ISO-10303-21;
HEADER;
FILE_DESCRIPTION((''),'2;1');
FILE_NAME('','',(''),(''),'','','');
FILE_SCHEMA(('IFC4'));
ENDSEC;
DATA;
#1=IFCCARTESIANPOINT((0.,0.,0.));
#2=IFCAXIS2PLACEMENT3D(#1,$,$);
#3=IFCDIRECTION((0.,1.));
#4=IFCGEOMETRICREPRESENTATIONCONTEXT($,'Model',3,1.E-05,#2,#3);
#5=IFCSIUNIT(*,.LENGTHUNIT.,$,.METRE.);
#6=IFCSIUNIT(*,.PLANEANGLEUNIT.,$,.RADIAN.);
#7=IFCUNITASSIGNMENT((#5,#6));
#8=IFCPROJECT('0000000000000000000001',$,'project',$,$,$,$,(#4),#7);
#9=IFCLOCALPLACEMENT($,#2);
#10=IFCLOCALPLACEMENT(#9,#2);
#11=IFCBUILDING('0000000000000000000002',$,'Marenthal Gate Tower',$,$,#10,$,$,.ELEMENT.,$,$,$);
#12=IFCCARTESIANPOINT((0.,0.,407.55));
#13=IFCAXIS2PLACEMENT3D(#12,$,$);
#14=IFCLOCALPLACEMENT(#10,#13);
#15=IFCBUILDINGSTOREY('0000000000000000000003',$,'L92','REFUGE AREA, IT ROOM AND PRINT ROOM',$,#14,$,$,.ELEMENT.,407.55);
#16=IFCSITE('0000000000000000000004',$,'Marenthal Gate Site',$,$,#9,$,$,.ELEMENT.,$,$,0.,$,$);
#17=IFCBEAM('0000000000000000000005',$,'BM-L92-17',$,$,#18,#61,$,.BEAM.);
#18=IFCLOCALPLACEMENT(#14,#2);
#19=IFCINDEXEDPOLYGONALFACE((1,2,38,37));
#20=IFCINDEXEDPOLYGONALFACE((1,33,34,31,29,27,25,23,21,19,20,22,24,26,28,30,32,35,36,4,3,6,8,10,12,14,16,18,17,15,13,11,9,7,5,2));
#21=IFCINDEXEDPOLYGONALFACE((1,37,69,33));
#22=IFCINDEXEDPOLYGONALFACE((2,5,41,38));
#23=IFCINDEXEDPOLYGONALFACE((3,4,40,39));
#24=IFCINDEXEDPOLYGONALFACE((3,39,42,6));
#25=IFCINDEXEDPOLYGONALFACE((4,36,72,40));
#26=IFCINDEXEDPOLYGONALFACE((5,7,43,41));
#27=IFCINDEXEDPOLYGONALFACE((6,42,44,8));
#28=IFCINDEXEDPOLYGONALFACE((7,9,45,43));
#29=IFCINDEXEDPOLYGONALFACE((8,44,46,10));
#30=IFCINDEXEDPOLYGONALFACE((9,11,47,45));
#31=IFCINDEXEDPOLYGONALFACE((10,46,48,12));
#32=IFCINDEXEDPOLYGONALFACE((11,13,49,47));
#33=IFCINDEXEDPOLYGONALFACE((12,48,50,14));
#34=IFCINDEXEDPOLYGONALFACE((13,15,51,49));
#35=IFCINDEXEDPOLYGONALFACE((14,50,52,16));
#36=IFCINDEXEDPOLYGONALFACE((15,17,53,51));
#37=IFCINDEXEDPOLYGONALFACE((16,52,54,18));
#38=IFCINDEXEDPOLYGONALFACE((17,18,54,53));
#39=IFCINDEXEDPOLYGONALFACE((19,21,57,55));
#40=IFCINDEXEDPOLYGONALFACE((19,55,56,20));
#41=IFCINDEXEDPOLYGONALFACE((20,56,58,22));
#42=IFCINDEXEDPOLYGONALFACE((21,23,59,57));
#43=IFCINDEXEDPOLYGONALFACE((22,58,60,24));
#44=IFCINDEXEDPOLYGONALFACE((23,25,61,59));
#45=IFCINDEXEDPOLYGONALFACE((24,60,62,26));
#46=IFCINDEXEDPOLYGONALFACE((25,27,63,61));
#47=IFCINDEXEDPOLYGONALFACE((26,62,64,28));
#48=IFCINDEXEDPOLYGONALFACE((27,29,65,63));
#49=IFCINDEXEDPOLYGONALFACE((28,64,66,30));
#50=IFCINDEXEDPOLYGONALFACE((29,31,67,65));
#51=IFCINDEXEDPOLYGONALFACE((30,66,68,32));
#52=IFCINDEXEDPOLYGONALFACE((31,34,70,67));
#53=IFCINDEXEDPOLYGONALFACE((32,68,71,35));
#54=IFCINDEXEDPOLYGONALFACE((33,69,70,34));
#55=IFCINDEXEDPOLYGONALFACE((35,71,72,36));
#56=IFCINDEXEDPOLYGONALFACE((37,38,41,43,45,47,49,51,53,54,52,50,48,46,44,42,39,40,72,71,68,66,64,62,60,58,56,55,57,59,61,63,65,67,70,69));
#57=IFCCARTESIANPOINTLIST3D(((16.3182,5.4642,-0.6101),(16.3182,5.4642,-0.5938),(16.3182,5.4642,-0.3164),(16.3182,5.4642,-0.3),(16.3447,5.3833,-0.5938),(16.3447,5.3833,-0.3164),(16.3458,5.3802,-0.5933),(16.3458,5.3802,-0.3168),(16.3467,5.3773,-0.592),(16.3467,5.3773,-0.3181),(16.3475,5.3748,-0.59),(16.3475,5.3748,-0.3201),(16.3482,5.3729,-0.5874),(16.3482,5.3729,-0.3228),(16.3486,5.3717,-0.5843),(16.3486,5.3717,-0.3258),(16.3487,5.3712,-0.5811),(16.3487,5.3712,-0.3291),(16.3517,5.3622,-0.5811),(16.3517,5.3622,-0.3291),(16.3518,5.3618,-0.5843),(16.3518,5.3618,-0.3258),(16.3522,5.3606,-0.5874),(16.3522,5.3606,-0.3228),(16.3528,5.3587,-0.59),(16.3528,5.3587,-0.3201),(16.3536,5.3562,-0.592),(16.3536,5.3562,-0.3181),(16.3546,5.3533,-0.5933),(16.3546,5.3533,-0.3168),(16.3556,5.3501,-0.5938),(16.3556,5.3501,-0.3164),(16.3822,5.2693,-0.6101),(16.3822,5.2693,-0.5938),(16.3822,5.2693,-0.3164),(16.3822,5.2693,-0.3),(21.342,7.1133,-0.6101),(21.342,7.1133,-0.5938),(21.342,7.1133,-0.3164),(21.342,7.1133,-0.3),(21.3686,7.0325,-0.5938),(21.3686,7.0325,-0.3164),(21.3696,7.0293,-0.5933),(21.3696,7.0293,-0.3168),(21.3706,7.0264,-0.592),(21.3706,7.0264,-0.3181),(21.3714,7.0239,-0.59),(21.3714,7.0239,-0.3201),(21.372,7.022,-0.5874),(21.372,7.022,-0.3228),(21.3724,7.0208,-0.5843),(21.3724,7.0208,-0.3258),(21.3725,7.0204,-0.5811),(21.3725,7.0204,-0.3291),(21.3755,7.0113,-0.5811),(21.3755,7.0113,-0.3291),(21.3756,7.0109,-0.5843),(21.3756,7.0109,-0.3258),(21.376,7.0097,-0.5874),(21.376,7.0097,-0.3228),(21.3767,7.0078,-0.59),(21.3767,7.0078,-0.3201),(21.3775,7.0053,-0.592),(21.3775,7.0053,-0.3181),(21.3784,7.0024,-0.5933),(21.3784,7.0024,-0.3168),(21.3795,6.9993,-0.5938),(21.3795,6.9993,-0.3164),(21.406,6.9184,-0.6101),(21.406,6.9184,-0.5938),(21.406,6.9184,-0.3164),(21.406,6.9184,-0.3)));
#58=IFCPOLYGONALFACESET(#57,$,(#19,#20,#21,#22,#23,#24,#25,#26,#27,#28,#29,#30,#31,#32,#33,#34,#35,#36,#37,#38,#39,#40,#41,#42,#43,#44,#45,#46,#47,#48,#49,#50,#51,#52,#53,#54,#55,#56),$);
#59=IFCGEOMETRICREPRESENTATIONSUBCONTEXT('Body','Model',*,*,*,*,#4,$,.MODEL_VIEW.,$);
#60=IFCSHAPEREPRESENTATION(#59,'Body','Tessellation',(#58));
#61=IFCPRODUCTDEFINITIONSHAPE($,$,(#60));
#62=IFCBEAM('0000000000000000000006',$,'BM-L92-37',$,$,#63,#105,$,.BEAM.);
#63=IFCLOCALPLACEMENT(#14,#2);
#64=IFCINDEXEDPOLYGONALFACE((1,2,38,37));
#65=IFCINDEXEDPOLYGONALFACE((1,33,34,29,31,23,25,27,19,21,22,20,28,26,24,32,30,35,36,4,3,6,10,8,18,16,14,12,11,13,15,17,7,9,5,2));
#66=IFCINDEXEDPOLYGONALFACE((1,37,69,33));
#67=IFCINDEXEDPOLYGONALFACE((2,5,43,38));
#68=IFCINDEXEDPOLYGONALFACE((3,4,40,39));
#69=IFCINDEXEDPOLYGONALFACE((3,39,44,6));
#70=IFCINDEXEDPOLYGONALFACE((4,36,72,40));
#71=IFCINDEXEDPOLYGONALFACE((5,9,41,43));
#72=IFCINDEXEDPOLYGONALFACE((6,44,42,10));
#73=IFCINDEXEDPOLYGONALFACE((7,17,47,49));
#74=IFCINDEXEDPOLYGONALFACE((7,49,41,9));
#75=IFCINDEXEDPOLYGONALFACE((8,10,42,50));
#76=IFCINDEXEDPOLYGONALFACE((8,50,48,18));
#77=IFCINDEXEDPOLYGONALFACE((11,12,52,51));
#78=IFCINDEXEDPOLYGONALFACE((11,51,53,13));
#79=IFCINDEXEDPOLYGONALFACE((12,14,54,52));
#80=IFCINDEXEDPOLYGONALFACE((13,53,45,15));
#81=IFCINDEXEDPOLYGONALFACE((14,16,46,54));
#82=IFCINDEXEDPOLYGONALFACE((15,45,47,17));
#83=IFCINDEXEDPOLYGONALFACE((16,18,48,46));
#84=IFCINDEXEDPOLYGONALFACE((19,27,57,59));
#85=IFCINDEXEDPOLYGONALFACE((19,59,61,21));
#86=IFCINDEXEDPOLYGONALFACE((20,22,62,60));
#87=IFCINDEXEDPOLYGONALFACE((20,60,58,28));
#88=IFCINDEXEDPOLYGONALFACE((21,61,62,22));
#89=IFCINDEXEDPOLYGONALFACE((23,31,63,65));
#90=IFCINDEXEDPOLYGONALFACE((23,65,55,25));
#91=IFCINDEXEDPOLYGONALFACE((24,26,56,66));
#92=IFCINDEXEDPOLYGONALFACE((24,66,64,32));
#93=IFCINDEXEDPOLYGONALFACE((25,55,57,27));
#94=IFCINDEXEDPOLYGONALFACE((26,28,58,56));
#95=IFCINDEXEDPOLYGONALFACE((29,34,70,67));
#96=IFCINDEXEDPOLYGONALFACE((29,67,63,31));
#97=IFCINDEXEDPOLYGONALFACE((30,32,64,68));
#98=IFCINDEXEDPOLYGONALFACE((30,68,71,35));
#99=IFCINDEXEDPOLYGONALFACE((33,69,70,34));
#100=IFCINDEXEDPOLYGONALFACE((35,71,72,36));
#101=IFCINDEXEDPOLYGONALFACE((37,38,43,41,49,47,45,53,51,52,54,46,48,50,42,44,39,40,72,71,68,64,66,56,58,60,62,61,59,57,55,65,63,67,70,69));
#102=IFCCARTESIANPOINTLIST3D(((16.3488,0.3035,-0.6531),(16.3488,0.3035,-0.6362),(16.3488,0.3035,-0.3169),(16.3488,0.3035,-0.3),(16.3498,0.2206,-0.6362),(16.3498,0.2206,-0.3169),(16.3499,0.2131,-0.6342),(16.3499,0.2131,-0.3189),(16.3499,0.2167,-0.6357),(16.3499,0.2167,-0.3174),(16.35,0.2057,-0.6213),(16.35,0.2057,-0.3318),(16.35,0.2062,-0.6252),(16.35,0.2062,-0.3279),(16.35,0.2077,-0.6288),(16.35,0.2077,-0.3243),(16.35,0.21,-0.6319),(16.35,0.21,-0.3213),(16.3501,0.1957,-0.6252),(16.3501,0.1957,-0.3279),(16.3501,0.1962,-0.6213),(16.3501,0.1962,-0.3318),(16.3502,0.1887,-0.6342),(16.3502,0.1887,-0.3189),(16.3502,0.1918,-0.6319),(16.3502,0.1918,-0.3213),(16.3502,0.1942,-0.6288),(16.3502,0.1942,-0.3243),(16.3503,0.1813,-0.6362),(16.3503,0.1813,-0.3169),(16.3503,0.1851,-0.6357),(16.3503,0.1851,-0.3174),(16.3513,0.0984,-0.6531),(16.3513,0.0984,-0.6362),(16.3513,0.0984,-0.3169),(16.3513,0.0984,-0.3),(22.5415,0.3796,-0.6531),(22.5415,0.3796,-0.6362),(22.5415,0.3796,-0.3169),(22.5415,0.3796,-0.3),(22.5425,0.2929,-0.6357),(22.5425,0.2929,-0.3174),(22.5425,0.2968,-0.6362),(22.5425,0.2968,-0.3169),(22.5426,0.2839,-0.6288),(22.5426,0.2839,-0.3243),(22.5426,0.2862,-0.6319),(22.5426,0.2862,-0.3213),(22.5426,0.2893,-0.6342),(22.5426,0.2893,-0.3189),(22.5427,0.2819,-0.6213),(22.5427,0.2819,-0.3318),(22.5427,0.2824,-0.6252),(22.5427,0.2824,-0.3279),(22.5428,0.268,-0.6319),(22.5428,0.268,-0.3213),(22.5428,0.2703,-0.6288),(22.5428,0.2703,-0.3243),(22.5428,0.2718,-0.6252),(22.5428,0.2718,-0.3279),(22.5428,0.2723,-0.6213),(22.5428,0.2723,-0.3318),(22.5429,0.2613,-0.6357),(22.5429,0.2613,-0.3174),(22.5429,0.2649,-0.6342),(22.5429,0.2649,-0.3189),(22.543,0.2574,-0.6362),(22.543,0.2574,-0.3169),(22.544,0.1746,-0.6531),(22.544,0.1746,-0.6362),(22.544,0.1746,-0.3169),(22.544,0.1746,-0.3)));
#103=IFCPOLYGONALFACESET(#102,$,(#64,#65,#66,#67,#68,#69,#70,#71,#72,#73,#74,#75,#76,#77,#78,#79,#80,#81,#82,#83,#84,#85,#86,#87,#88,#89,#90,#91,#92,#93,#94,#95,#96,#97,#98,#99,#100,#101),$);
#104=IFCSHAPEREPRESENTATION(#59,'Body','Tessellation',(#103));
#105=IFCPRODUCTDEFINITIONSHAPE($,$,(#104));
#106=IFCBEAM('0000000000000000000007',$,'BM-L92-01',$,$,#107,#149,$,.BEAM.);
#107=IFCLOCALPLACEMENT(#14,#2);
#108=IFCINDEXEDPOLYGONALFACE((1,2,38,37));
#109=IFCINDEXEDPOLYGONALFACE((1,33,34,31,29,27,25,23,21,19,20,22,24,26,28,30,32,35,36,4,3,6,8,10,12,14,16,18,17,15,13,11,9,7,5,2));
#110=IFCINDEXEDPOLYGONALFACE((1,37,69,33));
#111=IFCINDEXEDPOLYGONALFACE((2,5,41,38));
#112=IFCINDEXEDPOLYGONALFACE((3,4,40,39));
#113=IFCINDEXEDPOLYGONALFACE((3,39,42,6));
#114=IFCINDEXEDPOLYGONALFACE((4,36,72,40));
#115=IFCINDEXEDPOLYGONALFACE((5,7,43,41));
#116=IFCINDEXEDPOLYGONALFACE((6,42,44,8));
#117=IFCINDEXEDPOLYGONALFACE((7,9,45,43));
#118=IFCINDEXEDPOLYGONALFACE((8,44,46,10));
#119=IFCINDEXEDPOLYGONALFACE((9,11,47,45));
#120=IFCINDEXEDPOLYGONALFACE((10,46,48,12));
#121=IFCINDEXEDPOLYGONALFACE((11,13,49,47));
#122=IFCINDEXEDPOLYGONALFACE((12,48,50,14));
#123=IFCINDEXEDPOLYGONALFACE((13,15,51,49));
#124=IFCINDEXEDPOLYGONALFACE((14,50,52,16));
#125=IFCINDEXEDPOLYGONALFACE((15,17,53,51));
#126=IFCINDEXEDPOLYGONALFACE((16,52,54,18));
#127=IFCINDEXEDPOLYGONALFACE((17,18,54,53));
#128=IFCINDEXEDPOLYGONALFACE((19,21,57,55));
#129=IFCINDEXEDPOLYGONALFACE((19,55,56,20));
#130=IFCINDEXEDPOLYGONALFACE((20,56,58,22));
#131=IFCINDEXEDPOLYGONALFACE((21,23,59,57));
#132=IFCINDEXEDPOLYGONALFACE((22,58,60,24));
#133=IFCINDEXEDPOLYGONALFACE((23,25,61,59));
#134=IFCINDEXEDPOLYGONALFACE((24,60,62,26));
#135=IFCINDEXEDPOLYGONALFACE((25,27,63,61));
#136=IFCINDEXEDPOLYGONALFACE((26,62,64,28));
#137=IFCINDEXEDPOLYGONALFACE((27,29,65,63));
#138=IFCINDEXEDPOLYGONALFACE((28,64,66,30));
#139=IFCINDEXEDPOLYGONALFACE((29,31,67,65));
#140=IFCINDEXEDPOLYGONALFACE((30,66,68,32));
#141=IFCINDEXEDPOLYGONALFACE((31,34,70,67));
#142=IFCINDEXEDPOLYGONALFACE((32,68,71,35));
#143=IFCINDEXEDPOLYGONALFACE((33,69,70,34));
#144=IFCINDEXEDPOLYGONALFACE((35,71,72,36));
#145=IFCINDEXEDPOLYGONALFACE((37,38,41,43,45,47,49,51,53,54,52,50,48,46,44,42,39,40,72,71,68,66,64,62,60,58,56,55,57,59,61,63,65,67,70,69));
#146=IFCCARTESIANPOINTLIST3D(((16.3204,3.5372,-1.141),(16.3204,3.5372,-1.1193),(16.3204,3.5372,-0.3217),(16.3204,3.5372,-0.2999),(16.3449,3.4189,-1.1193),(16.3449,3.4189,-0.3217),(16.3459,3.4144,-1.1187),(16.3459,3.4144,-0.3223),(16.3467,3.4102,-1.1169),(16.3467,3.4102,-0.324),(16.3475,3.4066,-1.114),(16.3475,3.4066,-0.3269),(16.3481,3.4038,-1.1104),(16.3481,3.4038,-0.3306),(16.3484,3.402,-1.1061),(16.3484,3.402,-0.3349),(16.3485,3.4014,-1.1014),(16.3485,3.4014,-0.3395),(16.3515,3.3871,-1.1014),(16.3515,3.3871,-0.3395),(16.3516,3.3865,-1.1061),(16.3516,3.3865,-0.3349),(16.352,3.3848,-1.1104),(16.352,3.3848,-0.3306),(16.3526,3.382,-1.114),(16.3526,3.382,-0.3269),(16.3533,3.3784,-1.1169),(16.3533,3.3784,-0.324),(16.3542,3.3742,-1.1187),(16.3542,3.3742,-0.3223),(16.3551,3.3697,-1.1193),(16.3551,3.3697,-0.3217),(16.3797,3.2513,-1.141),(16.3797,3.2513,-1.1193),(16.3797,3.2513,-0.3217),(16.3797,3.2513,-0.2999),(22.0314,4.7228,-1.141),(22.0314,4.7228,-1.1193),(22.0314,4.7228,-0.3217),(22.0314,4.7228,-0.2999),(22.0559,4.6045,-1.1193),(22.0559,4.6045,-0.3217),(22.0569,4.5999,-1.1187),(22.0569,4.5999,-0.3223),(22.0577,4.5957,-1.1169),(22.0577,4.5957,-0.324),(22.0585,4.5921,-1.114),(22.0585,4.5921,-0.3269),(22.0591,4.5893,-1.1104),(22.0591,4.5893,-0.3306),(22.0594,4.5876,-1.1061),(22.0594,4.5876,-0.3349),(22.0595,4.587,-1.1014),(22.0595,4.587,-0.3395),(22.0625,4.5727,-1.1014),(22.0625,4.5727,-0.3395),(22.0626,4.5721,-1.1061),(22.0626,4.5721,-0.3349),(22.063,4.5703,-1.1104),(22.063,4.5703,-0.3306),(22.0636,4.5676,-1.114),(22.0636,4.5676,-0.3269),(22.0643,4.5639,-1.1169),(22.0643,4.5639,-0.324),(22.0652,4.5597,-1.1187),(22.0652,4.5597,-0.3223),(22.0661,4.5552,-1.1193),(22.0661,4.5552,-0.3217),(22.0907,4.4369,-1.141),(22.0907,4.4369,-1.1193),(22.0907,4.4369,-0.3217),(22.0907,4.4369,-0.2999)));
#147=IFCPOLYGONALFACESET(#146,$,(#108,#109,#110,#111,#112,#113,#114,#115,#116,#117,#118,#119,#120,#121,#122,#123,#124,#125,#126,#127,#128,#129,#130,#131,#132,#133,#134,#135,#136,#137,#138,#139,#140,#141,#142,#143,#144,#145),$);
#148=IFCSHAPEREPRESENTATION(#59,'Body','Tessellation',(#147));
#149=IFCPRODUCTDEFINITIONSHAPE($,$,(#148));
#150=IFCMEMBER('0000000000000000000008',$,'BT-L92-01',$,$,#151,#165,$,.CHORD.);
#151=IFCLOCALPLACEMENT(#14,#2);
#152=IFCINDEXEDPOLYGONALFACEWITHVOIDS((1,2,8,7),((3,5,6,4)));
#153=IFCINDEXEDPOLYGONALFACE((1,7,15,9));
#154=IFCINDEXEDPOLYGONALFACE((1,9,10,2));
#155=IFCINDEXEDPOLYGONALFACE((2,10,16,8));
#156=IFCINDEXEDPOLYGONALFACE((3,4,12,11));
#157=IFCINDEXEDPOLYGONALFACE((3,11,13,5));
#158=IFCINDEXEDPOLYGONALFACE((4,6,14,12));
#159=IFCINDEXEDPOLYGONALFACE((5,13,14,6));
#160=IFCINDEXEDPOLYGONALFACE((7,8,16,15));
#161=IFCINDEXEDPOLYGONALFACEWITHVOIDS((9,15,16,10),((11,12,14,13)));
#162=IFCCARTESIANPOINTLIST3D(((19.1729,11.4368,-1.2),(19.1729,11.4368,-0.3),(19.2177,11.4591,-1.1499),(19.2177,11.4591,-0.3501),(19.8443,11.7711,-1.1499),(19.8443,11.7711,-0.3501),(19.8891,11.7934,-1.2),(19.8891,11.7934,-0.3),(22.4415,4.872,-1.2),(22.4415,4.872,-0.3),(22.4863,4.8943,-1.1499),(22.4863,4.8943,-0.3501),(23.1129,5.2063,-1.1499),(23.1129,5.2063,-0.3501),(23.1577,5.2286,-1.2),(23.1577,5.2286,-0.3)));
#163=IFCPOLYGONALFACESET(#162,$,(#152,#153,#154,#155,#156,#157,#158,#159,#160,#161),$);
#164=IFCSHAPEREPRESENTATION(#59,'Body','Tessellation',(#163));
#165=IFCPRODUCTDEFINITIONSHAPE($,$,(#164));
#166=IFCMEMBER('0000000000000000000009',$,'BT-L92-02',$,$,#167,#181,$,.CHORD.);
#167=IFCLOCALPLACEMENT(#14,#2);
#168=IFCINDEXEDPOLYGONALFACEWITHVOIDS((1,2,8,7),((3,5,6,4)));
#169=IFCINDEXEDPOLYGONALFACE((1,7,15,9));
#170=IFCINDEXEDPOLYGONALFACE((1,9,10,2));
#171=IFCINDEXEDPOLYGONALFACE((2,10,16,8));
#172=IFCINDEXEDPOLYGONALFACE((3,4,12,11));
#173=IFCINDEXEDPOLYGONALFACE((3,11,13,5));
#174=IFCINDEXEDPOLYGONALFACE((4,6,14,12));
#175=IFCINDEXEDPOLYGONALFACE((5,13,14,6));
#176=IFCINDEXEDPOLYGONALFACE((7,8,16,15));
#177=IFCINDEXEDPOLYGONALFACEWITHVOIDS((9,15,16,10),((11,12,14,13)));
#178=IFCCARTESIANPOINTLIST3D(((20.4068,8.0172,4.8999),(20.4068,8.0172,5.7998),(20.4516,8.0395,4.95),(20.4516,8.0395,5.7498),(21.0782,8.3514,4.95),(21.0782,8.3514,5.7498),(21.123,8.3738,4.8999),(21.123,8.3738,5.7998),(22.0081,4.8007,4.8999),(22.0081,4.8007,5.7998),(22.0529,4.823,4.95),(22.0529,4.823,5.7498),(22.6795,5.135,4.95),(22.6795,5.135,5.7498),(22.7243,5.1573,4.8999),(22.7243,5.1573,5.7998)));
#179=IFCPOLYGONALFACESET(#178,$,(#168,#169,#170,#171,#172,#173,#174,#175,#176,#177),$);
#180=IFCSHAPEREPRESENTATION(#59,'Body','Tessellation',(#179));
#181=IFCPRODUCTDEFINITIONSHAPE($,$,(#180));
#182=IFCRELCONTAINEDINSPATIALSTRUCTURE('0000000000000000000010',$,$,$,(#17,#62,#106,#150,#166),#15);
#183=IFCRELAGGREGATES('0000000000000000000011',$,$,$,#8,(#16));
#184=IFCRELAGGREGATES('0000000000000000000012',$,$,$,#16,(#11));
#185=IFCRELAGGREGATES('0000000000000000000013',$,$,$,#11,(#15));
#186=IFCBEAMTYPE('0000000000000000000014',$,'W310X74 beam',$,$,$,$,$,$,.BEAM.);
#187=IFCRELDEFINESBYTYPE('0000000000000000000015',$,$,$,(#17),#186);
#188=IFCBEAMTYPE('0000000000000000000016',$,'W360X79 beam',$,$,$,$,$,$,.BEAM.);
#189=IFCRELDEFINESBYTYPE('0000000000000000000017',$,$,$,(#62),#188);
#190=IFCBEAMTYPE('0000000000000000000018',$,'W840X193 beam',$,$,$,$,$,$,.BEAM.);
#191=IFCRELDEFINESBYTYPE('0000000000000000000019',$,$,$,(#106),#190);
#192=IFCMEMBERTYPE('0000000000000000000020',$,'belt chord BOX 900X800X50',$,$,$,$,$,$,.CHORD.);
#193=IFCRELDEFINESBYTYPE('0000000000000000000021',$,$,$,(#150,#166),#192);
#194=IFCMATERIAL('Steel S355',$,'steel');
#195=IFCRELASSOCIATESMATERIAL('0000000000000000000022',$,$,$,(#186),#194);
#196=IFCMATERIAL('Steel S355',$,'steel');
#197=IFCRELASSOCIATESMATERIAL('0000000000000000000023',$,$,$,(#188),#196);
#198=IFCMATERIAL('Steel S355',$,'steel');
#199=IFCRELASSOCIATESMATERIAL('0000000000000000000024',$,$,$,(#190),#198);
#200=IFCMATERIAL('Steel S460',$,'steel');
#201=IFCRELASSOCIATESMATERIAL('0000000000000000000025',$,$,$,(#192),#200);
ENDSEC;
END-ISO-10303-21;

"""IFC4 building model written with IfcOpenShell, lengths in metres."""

from ifc_helpers import new_model, si_unit, direction, frame, origin, origin_2d, place, context, subcontext, project, spatial, hollow_rectangle, i_section, extrude, material, material_profile, profile_set, type_object, element, save


model = new_model("IFC4")

# Units and contexts
model_context = context("Model", 3, precision=1e-05, world=origin(), true_north=direction((0.0, 1.0)))
body_context = subcontext(model_context, "Body", "Model", "MODEL_VIEW")
ifc_project = project(units=[si_unit("LENGTHUNIT", "METRE"), si_unit("PLANEANGLEUNIT", "RADIAN")], contexts=[model_context])

# Site, building, storey
site_placement = place(None, origin())
site = spatial("IfcSite", under=ifc_project, at=site_placement, Name="Marenthal Gate Site", CompositionType="ELEMENT", RefElevation=0.0)
building_placement = place(site_placement, origin())
building = spatial("IfcBuilding", under=site, at=building_placement, Name="Marenthal Gate Tower", CompositionType="ELEMENT")
storey_placement = place(building_placement, frame((0.0, 0.0, 407.55)))
storey = spatial("IfcBuildingStorey", under=building, at=storey_placement, Name="L92", Description="REFUGE AREA, IT ROOM AND PRINT ROOM", CompositionType="ELEMENT", Elevation=407.55)

# Beams
ifc_material_1 = material(Name="Steel S355", Category="steel")
ifc_material_profile_1 = material_profile(ifc_material_1, i_section(OverallWidth=0.2051, OverallDepth=0.3101, WebThickness=0.0095, FlangeThickness=0.0164, FilletRadius=0.0127, at=origin_2d()), Name="W310X74")
ifc_profile_set_1 = profile_set([ifc_material_profile_1], Name="Steel S355")
beam_type_1 = type_object("IfcBeamType", Name="W310X74 beam", PredefinedType="BEAM", material=ifc_profile_set_1)
beam_1_placement = place(storey_placement, frame((21.374, 7.0159, -0.4551), z_axis=(-0.950119, -0.311889, 0.0), x_axis=(0.311889, -0.950119, 0.0)))
element("IfcBeam", 1, at=beam_1_placement, inside=storey, type_object=beam_type_1, Name="BM-L92-17", PredefinedType="BEAM", context=body_context, shape_type="SweptSolid", body=[
    extrude(i_section(OverallWidth=0.2051, OverallDepth=0.3101, WebThickness=0.0095, FlangeThickness=0.0164, FilletRadius=0.0127, at=origin_2d()), origin(), (0.0, 0.0, 1.0), 5.2876),
])
ifc_material_2 = material(Name="Steel S355", Category="steel")
ifc_material_profile_2 = material_profile(ifc_material_2, i_section(OverallWidth=0.2051, OverallDepth=0.353, WebThickness=0.0095, FlangeThickness=0.0168, FilletRadius=0.0149, at=origin_2d()), Name="W360X79")
ifc_profile_set_2 = profile_set([ifc_material_profile_2], Name="Steel S355")
beam_type_2 = type_object("IfcBeamType", Name="W360X79 beam", PredefinedType="BEAM", material=ifc_profile_set_2)
beam_2_placement = place(storey_placement, frame((22.5427, 0.2771, -0.4766), z_axis=(-0.999924, -0.012299, 0.0), x_axis=(0.012299, -0.999924, 0.0)))
element("IfcBeam", 2, at=beam_2_placement, inside=storey, type_object=beam_type_2, Name="BM-L92-37", PredefinedType="BEAM", context=body_context, shape_type="SweptSolid", body=[
    extrude(i_section(OverallWidth=0.2051, OverallDepth=0.353, WebThickness=0.0095, FlangeThickness=0.0168, FilletRadius=0.0149, at=origin_2d()), origin(), (0.0, 0.0, 1.0), 6.1931),
])
ifc_material_3 = material(Name="Steel S355", Category="steel")
ifc_material_profile_3 = material_profile(ifc_material_3, i_section(OverallWidth=0.292, OverallDepth=0.8411, WebThickness=0.0146, FlangeThickness=0.0217, FilletRadius=0.0178, at=origin_2d()), Name="W840X193")
ifc_profile_set_3 = profile_set([ifc_material_profile_3], Name="Steel S355")
beam_type_3 = type_object("IfcBeamType", Name="W840X193 beam", PredefinedType="BEAM", material=ifc_profile_set_3)
beam_3_placement = place(storey_placement, frame((22.061, 4.5798, -0.7205), z_axis=(-0.979125, -0.203259, 0.0), x_axis=(0.203259, -0.979125, 0.0)))
element("IfcBeam", 3, at=beam_3_placement, inside=storey, type_object=beam_type_3, Name="BM-L92-01", PredefinedType="BEAM", context=body_context, shape_type="SweptSolid", body=[
    extrude(i_section(OverallWidth=0.292, OverallDepth=0.8411, WebThickness=0.0146, FlangeThickness=0.0217, FilletRadius=0.0178, at=origin_2d()), origin(), (0.0, 0.0, 1.0), 5.8328),
])

# Members
ifc_material_4 = material(Name="Steel S460", Category="steel")
ifc_material_profile_4 = material_profile(ifc_material_4, hollow_rectangle(XDim=0.8, YDim=0.8999, WallThickness=0.05, at=origin_2d()), Name="BOX 900X800X50")
ifc_profile_set_4 = profile_set([ifc_material_profile_4], Name="Steel S460")
member_type_1 = type_object("IfcMemberType", Name="belt chord BOX 900X800X50", PredefinedType="CHORD", material=ifc_profile_set_4)
member_1_placement = place(storey_placement, frame((22.7996, 5.0503, -0.75), z_axis=(-0.445708, 0.895178, 0.0), x_axis=(-0.895178, -0.445708, 0.0)))
element("IfcMember", 4, at=member_1_placement, inside=storey, type_object=member_type_1, Name="BT-L92-01", PredefinedType="CHORD", context=body_context, shape_type="SweptSolid", body=[
    extrude(hollow_rectangle(XDim=0.8, YDim=0.8999, WallThickness=0.05, at=origin_2d()), origin(), (0.0, 0.0, 1.0), 7.3335),
])
for number, where, z_axis, x_axis, name in (
    (5, (22.3662, 4.979, 5.3499), (-0.445664, 0.8952, 0.0), (-0.8952, -0.445664, 0.0), "BT-L92-02"),
):
    element("IfcMember", number, at=place(storey_placement, frame(where, z_axis=z_axis, x_axis=x_axis)), inside=storey, type_object=member_type_1, Name=name, PredefinedType="CHORD", context=body_context, shape_type="SweptSolid", body=[
        extrude(hollow_rectangle(XDim=0.8, YDim=0.8999, WallThickness=0.05, at=origin_2d()), origin(), (0.0, 0.0, 1.0), 3.593),
    ])

save(model, "model.ifc")
